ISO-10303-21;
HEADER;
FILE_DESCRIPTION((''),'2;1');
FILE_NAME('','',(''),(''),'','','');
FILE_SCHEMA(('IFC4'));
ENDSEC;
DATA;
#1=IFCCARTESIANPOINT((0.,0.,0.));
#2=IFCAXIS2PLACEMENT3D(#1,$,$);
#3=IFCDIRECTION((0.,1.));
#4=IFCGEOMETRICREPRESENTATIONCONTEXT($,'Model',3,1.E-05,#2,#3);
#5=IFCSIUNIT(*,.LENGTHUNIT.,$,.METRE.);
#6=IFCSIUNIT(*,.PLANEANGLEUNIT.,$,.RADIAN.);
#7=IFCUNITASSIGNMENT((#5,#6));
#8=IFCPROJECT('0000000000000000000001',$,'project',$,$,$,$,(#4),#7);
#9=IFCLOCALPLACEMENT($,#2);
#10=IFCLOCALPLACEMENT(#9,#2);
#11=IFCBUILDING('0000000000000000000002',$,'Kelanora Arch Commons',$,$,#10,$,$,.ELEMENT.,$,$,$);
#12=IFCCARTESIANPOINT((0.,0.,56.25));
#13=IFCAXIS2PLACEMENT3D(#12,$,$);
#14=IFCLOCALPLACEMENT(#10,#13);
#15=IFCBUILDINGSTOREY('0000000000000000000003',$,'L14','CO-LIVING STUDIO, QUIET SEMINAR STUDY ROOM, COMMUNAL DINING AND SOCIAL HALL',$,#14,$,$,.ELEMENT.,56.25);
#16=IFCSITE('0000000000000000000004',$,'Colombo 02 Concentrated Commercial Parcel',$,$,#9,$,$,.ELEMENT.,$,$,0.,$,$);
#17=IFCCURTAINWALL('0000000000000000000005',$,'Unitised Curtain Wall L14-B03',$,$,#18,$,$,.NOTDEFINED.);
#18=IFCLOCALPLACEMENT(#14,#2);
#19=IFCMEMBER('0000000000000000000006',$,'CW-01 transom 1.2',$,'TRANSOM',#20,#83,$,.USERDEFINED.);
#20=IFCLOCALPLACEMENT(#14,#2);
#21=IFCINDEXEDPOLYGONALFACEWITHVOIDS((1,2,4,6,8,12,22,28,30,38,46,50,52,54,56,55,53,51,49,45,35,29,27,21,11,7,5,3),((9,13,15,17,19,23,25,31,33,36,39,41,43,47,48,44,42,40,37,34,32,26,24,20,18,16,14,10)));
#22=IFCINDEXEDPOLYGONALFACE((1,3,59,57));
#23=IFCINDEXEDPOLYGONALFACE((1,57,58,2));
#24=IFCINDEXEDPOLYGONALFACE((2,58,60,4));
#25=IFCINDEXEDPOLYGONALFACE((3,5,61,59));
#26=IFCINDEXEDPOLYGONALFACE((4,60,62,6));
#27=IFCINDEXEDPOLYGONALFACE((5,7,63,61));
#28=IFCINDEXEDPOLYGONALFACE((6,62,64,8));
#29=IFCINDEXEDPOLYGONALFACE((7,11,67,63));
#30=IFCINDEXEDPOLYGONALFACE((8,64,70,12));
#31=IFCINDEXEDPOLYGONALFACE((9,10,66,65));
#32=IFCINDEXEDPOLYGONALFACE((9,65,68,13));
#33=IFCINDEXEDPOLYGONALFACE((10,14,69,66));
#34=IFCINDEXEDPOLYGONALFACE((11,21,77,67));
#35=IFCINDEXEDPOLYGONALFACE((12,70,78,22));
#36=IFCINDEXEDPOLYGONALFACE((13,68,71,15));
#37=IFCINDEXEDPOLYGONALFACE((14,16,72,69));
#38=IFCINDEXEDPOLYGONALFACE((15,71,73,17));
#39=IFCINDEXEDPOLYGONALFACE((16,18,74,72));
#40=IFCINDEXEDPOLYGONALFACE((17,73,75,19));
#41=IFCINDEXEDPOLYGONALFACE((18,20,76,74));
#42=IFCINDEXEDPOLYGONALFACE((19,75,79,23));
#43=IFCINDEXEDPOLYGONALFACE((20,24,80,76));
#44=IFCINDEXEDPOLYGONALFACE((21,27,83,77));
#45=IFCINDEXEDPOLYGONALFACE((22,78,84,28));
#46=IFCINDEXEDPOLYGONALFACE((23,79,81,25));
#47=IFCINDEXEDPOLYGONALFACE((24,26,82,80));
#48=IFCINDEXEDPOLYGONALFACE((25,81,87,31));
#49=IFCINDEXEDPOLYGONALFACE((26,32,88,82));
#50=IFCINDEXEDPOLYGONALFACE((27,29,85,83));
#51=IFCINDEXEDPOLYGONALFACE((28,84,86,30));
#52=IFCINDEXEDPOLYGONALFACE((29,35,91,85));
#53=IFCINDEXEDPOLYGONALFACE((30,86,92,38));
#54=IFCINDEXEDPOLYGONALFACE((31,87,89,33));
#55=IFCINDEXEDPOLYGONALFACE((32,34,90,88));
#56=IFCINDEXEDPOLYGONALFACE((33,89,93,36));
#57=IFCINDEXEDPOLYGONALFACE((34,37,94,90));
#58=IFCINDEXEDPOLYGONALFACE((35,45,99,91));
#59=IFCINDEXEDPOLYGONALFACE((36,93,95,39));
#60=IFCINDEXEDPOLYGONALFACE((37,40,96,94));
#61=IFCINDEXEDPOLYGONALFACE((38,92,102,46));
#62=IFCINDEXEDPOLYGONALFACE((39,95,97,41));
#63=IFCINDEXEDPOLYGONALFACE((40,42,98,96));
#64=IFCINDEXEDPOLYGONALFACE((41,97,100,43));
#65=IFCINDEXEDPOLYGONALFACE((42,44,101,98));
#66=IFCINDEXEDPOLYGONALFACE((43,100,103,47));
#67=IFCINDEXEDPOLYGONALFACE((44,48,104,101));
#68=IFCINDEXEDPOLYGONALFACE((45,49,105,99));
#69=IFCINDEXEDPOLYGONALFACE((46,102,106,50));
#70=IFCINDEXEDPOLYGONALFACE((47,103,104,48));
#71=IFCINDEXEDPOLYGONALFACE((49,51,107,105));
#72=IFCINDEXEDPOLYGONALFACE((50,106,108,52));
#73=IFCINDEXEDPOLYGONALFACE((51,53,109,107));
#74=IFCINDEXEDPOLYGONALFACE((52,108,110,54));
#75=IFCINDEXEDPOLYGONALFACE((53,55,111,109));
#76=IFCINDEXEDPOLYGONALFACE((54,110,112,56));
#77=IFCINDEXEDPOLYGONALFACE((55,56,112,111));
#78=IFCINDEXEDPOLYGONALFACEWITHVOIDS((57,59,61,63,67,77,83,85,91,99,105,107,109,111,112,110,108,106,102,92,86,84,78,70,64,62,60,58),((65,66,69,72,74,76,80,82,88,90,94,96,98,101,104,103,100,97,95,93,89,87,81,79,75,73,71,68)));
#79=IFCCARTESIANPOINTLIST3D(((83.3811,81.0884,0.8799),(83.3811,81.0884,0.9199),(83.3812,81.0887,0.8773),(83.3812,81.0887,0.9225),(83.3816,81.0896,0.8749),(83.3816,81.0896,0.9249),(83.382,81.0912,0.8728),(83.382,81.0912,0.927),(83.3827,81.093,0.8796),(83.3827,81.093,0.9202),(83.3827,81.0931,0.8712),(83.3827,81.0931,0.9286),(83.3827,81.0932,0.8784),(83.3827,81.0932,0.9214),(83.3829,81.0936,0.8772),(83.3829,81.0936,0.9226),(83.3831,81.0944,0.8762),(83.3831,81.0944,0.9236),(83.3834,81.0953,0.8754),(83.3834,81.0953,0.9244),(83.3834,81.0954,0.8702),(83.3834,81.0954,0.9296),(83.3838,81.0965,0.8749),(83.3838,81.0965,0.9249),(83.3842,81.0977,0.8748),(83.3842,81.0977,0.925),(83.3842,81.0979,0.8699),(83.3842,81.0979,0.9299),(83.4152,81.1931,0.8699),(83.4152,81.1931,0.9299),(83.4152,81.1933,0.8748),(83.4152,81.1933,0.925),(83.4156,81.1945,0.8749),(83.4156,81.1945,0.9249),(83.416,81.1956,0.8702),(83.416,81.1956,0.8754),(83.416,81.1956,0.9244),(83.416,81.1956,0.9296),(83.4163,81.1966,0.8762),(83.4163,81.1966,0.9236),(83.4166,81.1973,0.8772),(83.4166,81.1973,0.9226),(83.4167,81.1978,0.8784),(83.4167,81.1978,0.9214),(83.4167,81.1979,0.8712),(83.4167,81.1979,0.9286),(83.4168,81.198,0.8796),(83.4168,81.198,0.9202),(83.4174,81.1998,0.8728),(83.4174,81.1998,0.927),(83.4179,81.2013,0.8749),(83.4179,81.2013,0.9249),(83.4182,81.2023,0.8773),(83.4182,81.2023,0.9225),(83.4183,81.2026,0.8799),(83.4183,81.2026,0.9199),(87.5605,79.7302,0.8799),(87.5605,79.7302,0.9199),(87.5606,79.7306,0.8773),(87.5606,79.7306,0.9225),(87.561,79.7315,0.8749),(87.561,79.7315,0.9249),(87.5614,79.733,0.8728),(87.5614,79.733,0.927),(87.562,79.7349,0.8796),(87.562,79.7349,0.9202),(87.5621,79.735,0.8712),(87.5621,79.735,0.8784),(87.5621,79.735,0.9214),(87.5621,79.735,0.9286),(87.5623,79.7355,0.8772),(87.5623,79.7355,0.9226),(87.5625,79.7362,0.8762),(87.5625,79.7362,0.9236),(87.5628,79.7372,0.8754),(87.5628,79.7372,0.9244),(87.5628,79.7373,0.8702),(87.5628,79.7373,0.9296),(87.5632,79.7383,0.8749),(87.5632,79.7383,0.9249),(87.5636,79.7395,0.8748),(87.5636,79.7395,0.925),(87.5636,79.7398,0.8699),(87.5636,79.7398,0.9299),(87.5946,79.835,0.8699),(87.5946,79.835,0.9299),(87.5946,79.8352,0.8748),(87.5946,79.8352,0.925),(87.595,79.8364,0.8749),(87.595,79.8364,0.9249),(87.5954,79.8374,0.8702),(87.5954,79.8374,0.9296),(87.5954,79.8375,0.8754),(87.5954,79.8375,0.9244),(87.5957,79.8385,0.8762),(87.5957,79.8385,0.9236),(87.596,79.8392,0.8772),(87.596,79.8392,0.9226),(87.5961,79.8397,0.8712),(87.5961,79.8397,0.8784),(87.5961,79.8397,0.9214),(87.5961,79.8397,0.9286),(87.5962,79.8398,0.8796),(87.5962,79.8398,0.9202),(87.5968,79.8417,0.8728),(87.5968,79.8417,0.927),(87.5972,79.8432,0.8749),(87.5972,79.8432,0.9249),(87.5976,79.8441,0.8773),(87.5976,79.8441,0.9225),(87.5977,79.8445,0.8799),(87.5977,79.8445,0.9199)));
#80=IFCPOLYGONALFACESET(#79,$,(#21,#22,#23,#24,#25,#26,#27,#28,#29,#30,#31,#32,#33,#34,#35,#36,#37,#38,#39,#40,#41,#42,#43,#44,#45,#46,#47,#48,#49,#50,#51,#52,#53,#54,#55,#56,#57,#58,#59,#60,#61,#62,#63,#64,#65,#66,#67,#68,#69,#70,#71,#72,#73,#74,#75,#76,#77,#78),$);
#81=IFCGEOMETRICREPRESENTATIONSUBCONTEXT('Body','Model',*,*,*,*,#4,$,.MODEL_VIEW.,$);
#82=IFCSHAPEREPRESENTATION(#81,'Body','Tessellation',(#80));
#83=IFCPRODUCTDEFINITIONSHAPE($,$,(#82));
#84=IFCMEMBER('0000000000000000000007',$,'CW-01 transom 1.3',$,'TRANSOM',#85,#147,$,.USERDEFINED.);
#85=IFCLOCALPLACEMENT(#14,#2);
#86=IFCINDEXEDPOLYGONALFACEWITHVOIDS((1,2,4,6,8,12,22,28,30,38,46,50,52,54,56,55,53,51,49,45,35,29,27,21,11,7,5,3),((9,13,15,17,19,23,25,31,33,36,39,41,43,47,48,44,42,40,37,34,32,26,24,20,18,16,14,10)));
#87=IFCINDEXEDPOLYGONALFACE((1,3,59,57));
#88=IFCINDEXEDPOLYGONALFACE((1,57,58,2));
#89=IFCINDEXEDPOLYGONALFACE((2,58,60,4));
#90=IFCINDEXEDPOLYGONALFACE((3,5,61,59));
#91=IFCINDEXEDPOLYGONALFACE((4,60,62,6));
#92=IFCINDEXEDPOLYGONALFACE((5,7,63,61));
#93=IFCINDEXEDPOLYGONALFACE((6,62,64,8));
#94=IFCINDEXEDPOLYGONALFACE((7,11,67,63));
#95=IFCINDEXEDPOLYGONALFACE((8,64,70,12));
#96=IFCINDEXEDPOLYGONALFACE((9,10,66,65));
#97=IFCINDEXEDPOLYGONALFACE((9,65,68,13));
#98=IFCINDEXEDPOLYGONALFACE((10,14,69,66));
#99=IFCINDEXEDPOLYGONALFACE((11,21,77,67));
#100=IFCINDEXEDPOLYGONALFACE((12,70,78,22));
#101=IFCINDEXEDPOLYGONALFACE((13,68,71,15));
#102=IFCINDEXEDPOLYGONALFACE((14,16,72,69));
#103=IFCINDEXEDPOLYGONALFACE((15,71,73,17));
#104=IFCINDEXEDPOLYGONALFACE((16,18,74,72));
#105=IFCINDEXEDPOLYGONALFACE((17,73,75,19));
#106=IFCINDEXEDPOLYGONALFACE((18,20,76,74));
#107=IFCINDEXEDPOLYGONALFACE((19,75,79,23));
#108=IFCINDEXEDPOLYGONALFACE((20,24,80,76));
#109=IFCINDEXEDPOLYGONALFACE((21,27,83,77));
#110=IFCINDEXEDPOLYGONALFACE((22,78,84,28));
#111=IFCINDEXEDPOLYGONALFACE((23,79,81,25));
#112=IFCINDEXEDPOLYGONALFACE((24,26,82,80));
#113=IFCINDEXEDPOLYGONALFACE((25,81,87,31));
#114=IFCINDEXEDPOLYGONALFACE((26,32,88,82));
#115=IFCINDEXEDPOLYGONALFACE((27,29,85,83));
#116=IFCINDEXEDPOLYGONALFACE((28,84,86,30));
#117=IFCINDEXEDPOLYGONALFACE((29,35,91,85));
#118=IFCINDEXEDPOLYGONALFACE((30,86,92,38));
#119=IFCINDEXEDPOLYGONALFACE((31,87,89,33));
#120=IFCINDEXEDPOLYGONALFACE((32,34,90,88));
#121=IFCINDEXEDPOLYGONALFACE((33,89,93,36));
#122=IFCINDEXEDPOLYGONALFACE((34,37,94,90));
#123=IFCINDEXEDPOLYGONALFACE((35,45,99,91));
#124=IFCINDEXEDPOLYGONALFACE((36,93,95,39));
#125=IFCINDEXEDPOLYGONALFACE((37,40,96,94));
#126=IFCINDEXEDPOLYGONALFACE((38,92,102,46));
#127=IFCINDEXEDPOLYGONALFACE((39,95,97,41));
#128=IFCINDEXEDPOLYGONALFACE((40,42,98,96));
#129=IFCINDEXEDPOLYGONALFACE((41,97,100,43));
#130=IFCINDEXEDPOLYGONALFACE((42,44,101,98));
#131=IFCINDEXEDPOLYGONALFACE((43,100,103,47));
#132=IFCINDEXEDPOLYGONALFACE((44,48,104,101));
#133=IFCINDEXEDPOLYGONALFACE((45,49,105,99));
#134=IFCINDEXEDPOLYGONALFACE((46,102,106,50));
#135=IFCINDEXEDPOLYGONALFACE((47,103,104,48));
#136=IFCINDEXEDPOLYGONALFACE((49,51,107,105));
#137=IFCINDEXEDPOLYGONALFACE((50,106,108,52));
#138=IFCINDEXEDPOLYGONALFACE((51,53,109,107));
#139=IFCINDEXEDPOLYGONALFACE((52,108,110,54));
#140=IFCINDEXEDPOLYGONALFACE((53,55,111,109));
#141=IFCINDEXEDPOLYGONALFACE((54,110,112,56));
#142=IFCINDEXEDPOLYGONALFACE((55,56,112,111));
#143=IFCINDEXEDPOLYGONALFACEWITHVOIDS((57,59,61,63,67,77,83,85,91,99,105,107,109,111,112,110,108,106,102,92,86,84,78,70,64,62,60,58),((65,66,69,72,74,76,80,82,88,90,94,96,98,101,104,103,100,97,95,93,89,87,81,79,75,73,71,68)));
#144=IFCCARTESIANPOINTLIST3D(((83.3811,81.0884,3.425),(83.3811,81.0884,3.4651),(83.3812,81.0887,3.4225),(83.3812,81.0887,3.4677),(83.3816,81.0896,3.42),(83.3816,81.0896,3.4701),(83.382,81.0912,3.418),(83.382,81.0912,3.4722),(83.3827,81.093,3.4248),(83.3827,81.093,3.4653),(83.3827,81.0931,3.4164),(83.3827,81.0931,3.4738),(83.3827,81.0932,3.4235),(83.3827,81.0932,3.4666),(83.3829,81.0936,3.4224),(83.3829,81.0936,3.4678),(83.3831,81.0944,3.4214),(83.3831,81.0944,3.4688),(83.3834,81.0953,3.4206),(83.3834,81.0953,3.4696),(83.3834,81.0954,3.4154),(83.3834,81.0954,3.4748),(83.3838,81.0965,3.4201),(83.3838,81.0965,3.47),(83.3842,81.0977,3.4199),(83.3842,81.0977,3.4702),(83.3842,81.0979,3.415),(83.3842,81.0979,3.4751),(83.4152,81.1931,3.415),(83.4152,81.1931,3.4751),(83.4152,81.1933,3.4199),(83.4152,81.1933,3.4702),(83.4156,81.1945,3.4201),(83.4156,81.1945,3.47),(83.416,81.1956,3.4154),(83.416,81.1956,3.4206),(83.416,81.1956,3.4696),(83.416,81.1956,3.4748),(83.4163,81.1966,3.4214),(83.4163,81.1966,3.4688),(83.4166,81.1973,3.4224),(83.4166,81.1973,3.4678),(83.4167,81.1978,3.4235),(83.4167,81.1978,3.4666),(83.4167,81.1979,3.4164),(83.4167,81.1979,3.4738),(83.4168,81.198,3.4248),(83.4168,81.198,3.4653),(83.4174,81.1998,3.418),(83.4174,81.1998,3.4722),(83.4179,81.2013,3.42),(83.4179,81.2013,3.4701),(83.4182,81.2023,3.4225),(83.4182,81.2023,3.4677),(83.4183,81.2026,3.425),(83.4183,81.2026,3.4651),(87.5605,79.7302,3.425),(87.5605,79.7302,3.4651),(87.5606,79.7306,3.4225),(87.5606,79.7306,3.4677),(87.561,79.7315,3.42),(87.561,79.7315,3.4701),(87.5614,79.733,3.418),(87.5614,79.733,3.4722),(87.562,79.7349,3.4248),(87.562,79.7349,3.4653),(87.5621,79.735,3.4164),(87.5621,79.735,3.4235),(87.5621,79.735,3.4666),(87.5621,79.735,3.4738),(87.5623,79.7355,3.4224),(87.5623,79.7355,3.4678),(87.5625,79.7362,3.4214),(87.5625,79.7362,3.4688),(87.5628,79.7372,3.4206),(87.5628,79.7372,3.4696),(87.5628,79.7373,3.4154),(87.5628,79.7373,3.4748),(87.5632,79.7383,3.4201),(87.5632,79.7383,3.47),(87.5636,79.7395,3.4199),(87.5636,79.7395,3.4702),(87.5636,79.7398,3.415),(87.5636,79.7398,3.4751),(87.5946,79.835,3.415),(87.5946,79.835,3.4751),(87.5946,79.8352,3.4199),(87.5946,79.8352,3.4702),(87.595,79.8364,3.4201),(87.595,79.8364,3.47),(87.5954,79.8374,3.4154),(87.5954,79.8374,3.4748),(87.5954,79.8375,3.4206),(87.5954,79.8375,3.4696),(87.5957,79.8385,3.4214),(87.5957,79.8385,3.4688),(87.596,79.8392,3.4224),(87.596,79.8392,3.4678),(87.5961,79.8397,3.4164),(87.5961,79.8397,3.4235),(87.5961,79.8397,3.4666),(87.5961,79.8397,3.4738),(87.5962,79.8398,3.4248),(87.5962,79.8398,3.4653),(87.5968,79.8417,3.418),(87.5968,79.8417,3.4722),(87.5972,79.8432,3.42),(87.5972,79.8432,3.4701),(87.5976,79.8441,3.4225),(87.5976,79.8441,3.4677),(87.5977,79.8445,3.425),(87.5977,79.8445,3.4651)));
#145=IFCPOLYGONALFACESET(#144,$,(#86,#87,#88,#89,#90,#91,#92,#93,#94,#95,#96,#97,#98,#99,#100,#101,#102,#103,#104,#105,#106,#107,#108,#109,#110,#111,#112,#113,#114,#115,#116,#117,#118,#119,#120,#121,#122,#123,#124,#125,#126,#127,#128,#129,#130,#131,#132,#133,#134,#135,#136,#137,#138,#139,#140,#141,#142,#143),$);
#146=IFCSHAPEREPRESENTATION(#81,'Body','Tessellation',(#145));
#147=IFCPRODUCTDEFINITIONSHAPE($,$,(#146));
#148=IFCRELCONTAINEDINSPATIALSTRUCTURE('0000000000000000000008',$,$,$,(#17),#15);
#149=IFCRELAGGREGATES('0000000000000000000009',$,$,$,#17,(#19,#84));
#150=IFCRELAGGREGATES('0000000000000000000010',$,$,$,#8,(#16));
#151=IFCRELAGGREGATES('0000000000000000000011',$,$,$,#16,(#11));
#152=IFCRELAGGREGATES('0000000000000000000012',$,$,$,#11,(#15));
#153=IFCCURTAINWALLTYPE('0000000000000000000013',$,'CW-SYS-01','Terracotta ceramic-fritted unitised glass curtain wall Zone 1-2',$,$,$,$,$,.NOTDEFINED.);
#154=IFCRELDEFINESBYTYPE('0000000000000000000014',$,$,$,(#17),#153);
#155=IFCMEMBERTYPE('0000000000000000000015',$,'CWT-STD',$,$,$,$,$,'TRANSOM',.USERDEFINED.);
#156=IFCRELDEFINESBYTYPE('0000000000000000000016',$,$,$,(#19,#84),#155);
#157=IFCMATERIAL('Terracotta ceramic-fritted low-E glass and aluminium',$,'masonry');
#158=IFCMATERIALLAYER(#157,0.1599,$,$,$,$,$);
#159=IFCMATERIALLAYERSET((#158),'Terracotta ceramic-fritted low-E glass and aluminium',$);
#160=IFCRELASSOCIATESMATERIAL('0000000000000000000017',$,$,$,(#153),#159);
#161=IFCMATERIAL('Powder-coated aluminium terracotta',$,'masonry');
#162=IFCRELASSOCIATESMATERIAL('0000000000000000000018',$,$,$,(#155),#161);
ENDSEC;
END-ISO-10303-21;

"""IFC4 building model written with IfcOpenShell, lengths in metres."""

from ifc_helpers import new_model, si_unit, direction, frame, origin, origin_2d, place, context, subcontext, project, spatial, hollow_rectangle, extrude, material, layer, layer_set, material_profile, profile_set, type_object, element, aggregate, save


model = new_model("IFC4")

# Units and contexts
model_context = context("Model", 3, precision=1e-05, world=origin(), true_north=direction((0.0, 1.0)))
body_context = subcontext(model_context, "Body", "Model", "MODEL_VIEW")
ifc_project = project(units=[si_unit("LENGTHUNIT", "METRE"), si_unit("PLANEANGLEUNIT", "RADIAN")], contexts=[model_context])

# Site, building, storey
site_placement = place(None, origin())
site = spatial("IfcSite", under=ifc_project, at=site_placement, Name="Colombo 02 Concentrated Commercial Parcel", CompositionType="ELEMENT", RefElevation=0.0)
building_placement = place(site_placement, origin())
building = spatial("IfcBuilding", under=site, at=building_placement, Name="Kelanora Arch Commons", CompositionType="ELEMENT")
storey_placement = place(building_placement, frame((0.0, 0.0, 56.25)))
storey = spatial("IfcBuildingStorey", under=building, at=storey_placement, Name="L14", Description="CO-LIVING STUDIO, QUIET SEMINAR STUDY ROOM, COMMUNAL DINING AND SOCIAL HALL", CompositionType="ELEMENT", Elevation=56.25)

# Curtain wall, members
ifc_material_1 = material(Name="Terracotta ceramic-fritted low-E glass and aluminium", Category="masonry")
ifc_layer_1 = layer(ifc_material_1, 0.1599)
ifc_layer_set_1 = layer_set([ifc_layer_1], Name="Terracotta ceramic-fritted low-E glass and aluminium")
curtain_wall_type = type_object("IfcCurtainWallType", Name="CW-SYS-01", Description="Terracotta ceramic-fritted unitised glass curtain wall Zone 1-2", PredefinedType="NOTDEFINED", material=ifc_layer_set_1)
curtain_wall_placement = place(storey_placement, origin())
curtain_wall = element("IfcCurtainWall", 1, at=curtain_wall_placement, inside=storey, type_object=curtain_wall_type, Name="Unitised Curtain Wall L14-B03", PredefinedType="NOTDEFINED")
ifc_material_2 = material(Name="Powder-coated aluminium terracotta", Category="masonry")
ifc_material_profile_1 = material_profile(ifc_material_2, hollow_rectangle(XDim=0.1201, YDim=0.0601, WallThickness=0.0049, InnerFilletRadius=0.0049, OuterFilletRadius=0.01, at=origin_2d()), Name="CWT120x60")
ifc_profile_set_1 = profile_set([ifc_material_profile_1], Name="Powder-coated aluminium terracotta")
member_type_1 = type_object("IfcMemberType", Name="CWT-STD", ElementType="TRANSOM", PredefinedType="USERDEFINED", material=ifc_profile_set_1)
member_1_placement = place(storey_placement, frame((87.5791, 79.7874, 0.8999), z_axis=(-0.951045, 0.309052, 0.0), x_axis=(-0.309052, -0.951045, 0.0)))
member_1 = element("IfcMember", 2, at=member_1_placement, type_object=member_type_1, Name="CW-01 transom 1.2", ObjectType="TRANSOM", PredefinedType="USERDEFINED", context=body_context, shape_type="SweptSolid", body=[
    extrude(hollow_rectangle(XDim=0.1201, YDim=0.0601, WallThickness=0.0049, InnerFilletRadius=0.0049, OuterFilletRadius=0.01, at=origin_2d()), origin(), (0.0, 0.0, 1.0), 4.3945),
])
member_2_placement = place(storey_placement, frame((87.5791, 79.7874, 3.4451), z_axis=(-0.951045, 0.309052, 0.0), x_axis=(-0.309052, -0.951045, 0.0)))
member_2 = element("IfcMember", 3, at=member_2_placement, type_object=member_type_1, Name="CW-01 transom 1.3", ObjectType="TRANSOM", PredefinedType="USERDEFINED", context=body_context, shape_type="SweptSolid", body=[
    extrude(hollow_rectangle(XDim=0.1201, YDim=0.0601, WallThickness=0.0049, InnerFilletRadius=0.0049, OuterFilletRadius=0.01, at=origin_2d()), origin(), (0.0, 0.0, 1.0), 4.3945),
])
aggregate(curtain_wall, [member_1, member_2])

save(model, "model.ifc")
